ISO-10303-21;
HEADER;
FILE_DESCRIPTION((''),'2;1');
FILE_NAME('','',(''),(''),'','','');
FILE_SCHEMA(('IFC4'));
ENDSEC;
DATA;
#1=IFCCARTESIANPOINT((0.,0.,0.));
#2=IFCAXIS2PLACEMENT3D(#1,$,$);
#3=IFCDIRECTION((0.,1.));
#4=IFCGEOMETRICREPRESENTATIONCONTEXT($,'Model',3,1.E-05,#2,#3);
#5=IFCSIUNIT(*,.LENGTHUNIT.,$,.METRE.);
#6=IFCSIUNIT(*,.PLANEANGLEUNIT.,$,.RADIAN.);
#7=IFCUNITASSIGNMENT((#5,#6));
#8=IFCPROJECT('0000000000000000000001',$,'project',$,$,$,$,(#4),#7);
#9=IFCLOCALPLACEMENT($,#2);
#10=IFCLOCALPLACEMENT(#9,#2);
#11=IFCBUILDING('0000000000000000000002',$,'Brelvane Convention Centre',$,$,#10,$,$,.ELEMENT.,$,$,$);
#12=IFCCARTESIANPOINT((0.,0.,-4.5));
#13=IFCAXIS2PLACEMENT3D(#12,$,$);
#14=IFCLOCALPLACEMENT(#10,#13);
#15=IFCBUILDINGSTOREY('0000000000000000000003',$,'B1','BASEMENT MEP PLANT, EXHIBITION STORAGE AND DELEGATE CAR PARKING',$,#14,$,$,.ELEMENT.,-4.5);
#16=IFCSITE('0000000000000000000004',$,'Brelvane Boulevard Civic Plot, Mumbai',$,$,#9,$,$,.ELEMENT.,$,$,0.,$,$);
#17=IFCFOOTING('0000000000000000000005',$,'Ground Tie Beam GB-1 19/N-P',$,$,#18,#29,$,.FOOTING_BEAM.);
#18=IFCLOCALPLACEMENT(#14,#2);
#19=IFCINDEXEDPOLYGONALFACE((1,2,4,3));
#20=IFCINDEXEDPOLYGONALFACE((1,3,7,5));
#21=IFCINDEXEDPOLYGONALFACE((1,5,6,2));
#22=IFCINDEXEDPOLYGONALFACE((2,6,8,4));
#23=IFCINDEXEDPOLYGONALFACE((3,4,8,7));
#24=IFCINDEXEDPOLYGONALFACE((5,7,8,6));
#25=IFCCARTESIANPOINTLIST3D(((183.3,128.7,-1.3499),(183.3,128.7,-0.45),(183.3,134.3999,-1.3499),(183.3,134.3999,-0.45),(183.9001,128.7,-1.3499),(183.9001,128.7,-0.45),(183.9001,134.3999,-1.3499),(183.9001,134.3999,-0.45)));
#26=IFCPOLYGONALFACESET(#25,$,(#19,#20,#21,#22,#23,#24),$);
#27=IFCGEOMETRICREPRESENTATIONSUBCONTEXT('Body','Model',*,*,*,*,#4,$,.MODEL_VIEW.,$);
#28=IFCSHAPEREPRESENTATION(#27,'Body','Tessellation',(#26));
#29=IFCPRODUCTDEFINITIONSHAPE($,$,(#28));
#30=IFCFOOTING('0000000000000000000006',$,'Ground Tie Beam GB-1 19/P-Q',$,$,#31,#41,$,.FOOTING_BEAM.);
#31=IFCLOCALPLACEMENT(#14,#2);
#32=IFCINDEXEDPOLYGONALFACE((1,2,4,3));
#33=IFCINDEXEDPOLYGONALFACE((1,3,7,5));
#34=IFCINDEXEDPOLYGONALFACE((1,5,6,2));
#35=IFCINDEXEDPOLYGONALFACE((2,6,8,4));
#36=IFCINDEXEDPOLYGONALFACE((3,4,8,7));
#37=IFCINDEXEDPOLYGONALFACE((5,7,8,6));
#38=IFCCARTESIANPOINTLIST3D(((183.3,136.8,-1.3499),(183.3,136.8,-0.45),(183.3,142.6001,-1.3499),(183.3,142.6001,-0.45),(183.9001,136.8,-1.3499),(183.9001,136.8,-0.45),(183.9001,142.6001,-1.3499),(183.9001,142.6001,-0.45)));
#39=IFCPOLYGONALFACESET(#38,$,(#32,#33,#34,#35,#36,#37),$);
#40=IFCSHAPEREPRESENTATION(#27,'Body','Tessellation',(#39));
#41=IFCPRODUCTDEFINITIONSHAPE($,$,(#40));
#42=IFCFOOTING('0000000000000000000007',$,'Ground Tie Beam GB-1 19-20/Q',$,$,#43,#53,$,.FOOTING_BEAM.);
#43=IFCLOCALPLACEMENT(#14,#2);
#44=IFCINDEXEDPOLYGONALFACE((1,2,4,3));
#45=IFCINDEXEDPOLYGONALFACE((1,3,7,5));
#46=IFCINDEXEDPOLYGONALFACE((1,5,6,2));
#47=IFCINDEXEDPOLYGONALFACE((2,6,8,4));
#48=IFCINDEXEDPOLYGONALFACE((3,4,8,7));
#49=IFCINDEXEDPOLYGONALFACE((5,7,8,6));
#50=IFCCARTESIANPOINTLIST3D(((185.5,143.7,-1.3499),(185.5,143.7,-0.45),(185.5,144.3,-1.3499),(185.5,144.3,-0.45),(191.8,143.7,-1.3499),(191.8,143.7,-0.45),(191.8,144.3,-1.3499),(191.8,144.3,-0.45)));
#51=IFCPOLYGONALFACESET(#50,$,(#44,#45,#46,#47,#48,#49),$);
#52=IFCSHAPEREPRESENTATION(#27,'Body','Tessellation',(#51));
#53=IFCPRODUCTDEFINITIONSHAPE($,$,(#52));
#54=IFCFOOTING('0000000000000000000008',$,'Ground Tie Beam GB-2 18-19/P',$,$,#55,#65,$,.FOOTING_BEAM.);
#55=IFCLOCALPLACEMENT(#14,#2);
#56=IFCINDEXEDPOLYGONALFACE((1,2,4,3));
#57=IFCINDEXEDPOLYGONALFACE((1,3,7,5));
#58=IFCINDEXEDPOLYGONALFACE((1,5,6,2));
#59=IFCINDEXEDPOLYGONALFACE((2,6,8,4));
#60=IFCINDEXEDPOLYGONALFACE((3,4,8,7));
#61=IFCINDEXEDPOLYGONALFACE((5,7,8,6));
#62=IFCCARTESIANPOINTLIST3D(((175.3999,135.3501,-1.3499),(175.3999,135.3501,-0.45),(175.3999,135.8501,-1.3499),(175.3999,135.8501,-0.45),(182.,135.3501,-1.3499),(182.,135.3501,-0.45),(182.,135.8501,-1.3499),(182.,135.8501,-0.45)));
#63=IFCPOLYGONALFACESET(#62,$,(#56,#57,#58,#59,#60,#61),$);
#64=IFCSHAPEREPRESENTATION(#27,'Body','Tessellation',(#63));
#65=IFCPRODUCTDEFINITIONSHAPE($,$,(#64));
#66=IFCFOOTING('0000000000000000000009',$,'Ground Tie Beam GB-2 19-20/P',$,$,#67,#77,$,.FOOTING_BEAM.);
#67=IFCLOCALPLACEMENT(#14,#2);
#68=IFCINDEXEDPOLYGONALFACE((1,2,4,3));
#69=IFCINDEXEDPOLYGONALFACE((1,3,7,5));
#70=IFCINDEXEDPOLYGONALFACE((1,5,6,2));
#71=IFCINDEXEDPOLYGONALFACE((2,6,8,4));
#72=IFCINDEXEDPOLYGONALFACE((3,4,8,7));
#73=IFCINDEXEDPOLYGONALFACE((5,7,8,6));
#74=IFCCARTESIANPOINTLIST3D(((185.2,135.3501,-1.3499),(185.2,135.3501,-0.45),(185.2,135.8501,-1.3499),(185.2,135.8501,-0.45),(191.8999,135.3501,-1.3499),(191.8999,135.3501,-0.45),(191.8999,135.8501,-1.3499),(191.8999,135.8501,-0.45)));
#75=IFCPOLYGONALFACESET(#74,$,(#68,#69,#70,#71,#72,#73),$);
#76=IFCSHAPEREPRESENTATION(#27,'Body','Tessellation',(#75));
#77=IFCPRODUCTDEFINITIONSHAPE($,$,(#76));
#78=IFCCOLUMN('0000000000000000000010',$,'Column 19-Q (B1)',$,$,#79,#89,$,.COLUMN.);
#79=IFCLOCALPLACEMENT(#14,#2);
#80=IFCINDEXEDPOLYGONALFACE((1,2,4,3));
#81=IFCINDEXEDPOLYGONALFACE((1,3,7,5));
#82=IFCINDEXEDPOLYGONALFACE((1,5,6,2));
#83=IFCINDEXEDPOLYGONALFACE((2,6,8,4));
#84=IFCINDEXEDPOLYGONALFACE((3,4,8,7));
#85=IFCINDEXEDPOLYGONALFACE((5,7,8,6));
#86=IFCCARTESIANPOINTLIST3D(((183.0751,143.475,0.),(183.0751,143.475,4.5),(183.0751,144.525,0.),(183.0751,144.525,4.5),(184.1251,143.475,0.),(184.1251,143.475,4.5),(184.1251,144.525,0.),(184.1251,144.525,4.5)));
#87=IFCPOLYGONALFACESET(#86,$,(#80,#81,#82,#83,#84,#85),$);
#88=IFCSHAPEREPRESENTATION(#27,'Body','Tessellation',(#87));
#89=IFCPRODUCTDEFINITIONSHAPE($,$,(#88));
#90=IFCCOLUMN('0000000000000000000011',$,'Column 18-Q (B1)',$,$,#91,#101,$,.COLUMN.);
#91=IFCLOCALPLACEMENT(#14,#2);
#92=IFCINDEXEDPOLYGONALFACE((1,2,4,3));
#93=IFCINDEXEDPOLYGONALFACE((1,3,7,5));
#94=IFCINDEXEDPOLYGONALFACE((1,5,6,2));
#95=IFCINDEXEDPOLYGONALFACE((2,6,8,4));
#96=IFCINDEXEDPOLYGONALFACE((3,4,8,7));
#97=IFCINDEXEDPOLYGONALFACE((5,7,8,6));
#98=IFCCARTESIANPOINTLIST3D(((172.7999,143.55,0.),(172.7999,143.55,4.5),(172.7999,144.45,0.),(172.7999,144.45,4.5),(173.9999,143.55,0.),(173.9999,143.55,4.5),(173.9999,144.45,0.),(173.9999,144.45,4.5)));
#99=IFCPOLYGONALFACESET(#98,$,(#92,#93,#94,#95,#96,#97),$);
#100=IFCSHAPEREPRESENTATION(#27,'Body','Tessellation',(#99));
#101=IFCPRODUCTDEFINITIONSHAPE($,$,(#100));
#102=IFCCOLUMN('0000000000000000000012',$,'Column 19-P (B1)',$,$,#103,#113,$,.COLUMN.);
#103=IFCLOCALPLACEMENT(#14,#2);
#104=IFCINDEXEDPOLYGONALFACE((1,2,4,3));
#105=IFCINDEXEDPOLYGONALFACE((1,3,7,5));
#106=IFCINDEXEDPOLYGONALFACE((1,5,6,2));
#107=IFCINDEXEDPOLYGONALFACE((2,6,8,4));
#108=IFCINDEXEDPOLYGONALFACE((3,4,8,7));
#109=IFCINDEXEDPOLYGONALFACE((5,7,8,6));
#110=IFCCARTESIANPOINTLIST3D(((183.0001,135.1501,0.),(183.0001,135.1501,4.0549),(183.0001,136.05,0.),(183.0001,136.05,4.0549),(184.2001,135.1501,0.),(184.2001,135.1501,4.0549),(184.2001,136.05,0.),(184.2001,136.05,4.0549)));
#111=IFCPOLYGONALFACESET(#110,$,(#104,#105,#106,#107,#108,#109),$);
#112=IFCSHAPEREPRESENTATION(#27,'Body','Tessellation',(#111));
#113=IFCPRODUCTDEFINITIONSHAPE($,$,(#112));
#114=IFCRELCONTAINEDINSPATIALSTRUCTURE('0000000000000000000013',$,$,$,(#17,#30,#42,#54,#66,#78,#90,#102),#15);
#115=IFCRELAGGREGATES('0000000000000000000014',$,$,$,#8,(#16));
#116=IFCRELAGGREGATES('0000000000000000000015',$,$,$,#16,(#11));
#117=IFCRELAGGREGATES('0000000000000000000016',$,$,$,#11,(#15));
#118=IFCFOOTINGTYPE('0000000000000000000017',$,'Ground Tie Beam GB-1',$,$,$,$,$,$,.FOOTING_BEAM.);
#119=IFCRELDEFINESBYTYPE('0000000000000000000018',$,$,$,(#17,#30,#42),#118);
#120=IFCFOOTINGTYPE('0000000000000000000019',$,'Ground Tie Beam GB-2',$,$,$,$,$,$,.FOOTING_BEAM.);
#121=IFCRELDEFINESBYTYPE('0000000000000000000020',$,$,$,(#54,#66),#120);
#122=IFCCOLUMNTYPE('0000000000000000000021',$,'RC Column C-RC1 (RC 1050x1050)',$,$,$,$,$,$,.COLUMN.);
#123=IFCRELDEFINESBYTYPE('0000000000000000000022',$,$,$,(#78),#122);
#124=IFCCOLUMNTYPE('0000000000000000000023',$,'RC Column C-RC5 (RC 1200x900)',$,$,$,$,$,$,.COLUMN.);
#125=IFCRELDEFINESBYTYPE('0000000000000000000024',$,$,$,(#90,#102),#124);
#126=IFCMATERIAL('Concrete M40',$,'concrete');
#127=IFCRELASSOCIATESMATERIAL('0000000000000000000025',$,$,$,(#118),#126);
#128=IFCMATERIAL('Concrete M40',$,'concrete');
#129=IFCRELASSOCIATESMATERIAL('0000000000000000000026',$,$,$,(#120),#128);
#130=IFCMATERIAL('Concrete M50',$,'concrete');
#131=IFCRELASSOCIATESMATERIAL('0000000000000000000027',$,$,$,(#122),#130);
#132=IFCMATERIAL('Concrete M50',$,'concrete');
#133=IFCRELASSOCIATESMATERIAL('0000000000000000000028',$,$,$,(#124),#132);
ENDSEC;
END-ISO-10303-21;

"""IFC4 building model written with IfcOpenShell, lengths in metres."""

from ifc_helpers import new_model, si_unit, direction, frame, origin, origin_2d, place, context, subcontext, project, spatial, rectangle, extrude, material, material_profile, profile_set, type_object, element, save


model = new_model("IFC4")

# Units and contexts
model_context = context("Model", 3, precision=1e-05, world=origin(), true_north=direction((0.0, 1.0)))
body_context = subcontext(model_context, "Body", "Model", "MODEL_VIEW")
ifc_project = project(units=[si_unit("LENGTHUNIT", "METRE"), si_unit("PLANEANGLEUNIT", "RADIAN")], contexts=[model_context])

# Site, building, storey
site_placement = place(None, origin())
site = spatial("IfcSite", under=ifc_project, at=site_placement, Name="Brelvane Boulevard Civic Plot, Mumbai", CompositionType="ELEMENT", RefElevation=0.0)
building_placement = place(site_placement, origin())
building = spatial("IfcBuilding", under=site, at=building_placement, Name="Brelvane Convention Centre", CompositionType="ELEMENT")
storey_placement = place(building_placement, frame((0.0, 0.0, -4.5)))
storey = spatial("IfcBuildingStorey", under=building, at=storey_placement, Name="B1", Description="BASEMENT MEP PLANT, EXHIBITION STORAGE AND DELEGATE CAR PARKING", CompositionType="ELEMENT", Elevation=-4.5)

# Footings
ifc_material_1 = material(Name="Concrete M40", Category="concrete")
ifc_material_profile_1 = material_profile(ifc_material_1, rectangle(XDim=0.6001, YDim=0.8999, at=origin_2d()), Name="RC 600x900")
ifc_profile_set_1 = profile_set([ifc_material_profile_1], Name="Concrete M40")
footing_type_1 = type_object("IfcFootingType", Name="Ground Tie Beam GB-1", PredefinedType="FOOTING_BEAM", material=ifc_profile_set_1)
footing_1_placement = place(storey_placement, frame((183.6001, 128.7, -0.8999), z_axis=(0.0, 1.0, 0.0), x_axis=(-1.0, 0.0, 0.0)))
element("IfcFooting", 1, at=footing_1_placement, inside=storey, type_object=footing_type_1, Name="Ground Tie Beam GB-1 19/N-P", PredefinedType="FOOTING_BEAM", context=body_context, shape_type="SweptSolid", body=[
    extrude(rectangle(XDim=0.6001, YDim=0.8999, at=origin_2d()), origin(), (0.0, 0.0, 1.0), 5.7),
])
footing_2_placement = place(storey_placement, frame((183.6001, 136.8, -0.8999), z_axis=(0.0, 1.0, 0.0), x_axis=(-1.0, 0.0, 0.0)))
element("IfcFooting", 2, at=footing_2_placement, inside=storey, type_object=footing_type_1, Name="Ground Tie Beam GB-1 19/P-Q", PredefinedType="FOOTING_BEAM", context=body_context, shape_type="SweptSolid", body=[
    extrude(rectangle(XDim=0.6001, YDim=0.8999, at=origin_2d()), origin(), (0.0, 0.0, 1.0), 5.8),
])
footing_3_placement = place(storey_placement, frame((185.5, 144.0, -0.8999), z_axis=(1.0, 0.0, 0.0), x_axis=(0.0, 1.0, 0.0)))
element("IfcFooting", 3, at=footing_3_placement, inside=storey, type_object=footing_type_1, Name="Ground Tie Beam GB-1 19-20/Q", PredefinedType="FOOTING_BEAM", context=body_context, shape_type="SweptSolid", body=[
    extrude(rectangle(XDim=0.6001, YDim=0.8999, at=origin_2d()), origin(), (0.0, 0.0, 1.0), 6.3),
])
ifc_material_2 = material(Name="Concrete M40", Category="concrete")
ifc_material_profile_2 = material_profile(ifc_material_2, rectangle(XDim=0.5, YDim=0.8999, at=origin_2d()), Name="RC 500x900")
ifc_profile_set_2 = profile_set([ifc_material_profile_2], Name="Concrete M40")
footing_type_2 = type_object("IfcFootingType", Name="Ground Tie Beam GB-2", PredefinedType="FOOTING_BEAM", material=ifc_profile_set_2)
footing_4_placement = place(storey_placement, frame((175.3999, 135.6001, -0.8999), z_axis=(1.0, 0.0, 0.0), x_axis=(0.0, 1.0, 0.0)))
element("IfcFooting", 4, at=footing_4_placement, inside=storey, type_object=footing_type_2, Name="Ground Tie Beam GB-2 18-19/P", PredefinedType="FOOTING_BEAM", context=body_context, shape_type="SweptSolid", body=[
    extrude(rectangle(XDim=0.5, YDim=0.8999, at=origin_2d()), origin(), (0.0, 0.0, 1.0), 6.6001),
])
footing_5_placement = place(storey_placement, frame((185.2, 135.6001, -0.8999), z_axis=(1.0, 0.0, 0.0), x_axis=(0.0, 1.0, 0.0)))
element("IfcFooting", 5, at=footing_5_placement, inside=storey, type_object=footing_type_2, Name="Ground Tie Beam GB-2 19-20/P", PredefinedType="FOOTING_BEAM", context=body_context, shape_type="SweptSolid", body=[
    extrude(rectangle(XDim=0.5, YDim=0.8999, at=origin_2d()), origin(), (0.0, 0.0, 1.0), 6.7),
])

# Columns
ifc_material_3 = material(Name="Concrete M50", Category="concrete")
ifc_material_profile_3 = material_profile(ifc_material_3, rectangle(XDim=1.05, YDim=1.05, at=origin_2d()), Name="RC 1050x1050")
ifc_profile_set_3 = profile_set([ifc_material_profile_3], Name="Concrete M50")
column_type_1 = type_object("IfcColumnType", Name="RC Column C-RC1 (RC 1050x1050)", PredefinedType="COLUMN", material=ifc_profile_set_3)
column_1_placement = place(storey_placement, frame((183.6001, 144.0, 0.0), z_axis=(0.0, 0.0, 1.0), x_axis=(1.0, 0.0, 0.0)))
element("IfcColumn", 6, at=column_1_placement, inside=storey, type_object=column_type_1, Name="Column 19-Q (B1)", PredefinedType="COLUMN", context=body_context, shape_type="SweptSolid", body=[
    extrude(rectangle(XDim=1.05, YDim=1.05, at=origin_2d()), origin(), (0.0, 0.0, 1.0), 4.5),
])
ifc_material_4 = material(Name="Concrete M50", Category="concrete")
ifc_material_profile_4 = material_profile(ifc_material_4, rectangle(XDim=1.2, YDim=0.8999, at=origin_2d()), Name="RC 1200x900")
ifc_profile_set_4 = profile_set([ifc_material_profile_4], Name="Concrete M50")
column_type_2 = type_object("IfcColumnType", Name="RC Column C-RC5 (RC 1200x900)", PredefinedType="COLUMN", material=ifc_profile_set_4)
column_2_placement = place(storey_placement, frame((173.3999, 144.0, 0.0), z_axis=(0.0, 0.0, 1.0), x_axis=(1.0, 0.0, 0.0)))
element("IfcColumn", 7, at=column_2_placement, inside=storey, type_object=column_type_2, Name="Column 18-Q (B1)", PredefinedType="COLUMN", context=body_context, shape_type="SweptSolid", body=[
    extrude(rectangle(XDim=1.2, YDim=0.8999, at=origin_2d()), origin(), (0.0, 0.0, 1.0), 4.5),
])
column_3_placement = place(storey_placement, frame((183.6001, 135.6001, 0.0), z_axis=(0.0, 0.0, 1.0), x_axis=(1.0, 0.0, 0.0)))
element("IfcColumn", 8, at=column_3_placement, inside=storey, type_object=column_type_2, Name="Column 19-P (B1)", PredefinedType="COLUMN", context=body_context, shape_type="SweptSolid", body=[
    extrude(rectangle(XDim=1.2, YDim=0.8999, at=origin_2d()), origin(), (0.0, 0.0, 1.0), 4.0549),
])

save(model, "model.ifc")
